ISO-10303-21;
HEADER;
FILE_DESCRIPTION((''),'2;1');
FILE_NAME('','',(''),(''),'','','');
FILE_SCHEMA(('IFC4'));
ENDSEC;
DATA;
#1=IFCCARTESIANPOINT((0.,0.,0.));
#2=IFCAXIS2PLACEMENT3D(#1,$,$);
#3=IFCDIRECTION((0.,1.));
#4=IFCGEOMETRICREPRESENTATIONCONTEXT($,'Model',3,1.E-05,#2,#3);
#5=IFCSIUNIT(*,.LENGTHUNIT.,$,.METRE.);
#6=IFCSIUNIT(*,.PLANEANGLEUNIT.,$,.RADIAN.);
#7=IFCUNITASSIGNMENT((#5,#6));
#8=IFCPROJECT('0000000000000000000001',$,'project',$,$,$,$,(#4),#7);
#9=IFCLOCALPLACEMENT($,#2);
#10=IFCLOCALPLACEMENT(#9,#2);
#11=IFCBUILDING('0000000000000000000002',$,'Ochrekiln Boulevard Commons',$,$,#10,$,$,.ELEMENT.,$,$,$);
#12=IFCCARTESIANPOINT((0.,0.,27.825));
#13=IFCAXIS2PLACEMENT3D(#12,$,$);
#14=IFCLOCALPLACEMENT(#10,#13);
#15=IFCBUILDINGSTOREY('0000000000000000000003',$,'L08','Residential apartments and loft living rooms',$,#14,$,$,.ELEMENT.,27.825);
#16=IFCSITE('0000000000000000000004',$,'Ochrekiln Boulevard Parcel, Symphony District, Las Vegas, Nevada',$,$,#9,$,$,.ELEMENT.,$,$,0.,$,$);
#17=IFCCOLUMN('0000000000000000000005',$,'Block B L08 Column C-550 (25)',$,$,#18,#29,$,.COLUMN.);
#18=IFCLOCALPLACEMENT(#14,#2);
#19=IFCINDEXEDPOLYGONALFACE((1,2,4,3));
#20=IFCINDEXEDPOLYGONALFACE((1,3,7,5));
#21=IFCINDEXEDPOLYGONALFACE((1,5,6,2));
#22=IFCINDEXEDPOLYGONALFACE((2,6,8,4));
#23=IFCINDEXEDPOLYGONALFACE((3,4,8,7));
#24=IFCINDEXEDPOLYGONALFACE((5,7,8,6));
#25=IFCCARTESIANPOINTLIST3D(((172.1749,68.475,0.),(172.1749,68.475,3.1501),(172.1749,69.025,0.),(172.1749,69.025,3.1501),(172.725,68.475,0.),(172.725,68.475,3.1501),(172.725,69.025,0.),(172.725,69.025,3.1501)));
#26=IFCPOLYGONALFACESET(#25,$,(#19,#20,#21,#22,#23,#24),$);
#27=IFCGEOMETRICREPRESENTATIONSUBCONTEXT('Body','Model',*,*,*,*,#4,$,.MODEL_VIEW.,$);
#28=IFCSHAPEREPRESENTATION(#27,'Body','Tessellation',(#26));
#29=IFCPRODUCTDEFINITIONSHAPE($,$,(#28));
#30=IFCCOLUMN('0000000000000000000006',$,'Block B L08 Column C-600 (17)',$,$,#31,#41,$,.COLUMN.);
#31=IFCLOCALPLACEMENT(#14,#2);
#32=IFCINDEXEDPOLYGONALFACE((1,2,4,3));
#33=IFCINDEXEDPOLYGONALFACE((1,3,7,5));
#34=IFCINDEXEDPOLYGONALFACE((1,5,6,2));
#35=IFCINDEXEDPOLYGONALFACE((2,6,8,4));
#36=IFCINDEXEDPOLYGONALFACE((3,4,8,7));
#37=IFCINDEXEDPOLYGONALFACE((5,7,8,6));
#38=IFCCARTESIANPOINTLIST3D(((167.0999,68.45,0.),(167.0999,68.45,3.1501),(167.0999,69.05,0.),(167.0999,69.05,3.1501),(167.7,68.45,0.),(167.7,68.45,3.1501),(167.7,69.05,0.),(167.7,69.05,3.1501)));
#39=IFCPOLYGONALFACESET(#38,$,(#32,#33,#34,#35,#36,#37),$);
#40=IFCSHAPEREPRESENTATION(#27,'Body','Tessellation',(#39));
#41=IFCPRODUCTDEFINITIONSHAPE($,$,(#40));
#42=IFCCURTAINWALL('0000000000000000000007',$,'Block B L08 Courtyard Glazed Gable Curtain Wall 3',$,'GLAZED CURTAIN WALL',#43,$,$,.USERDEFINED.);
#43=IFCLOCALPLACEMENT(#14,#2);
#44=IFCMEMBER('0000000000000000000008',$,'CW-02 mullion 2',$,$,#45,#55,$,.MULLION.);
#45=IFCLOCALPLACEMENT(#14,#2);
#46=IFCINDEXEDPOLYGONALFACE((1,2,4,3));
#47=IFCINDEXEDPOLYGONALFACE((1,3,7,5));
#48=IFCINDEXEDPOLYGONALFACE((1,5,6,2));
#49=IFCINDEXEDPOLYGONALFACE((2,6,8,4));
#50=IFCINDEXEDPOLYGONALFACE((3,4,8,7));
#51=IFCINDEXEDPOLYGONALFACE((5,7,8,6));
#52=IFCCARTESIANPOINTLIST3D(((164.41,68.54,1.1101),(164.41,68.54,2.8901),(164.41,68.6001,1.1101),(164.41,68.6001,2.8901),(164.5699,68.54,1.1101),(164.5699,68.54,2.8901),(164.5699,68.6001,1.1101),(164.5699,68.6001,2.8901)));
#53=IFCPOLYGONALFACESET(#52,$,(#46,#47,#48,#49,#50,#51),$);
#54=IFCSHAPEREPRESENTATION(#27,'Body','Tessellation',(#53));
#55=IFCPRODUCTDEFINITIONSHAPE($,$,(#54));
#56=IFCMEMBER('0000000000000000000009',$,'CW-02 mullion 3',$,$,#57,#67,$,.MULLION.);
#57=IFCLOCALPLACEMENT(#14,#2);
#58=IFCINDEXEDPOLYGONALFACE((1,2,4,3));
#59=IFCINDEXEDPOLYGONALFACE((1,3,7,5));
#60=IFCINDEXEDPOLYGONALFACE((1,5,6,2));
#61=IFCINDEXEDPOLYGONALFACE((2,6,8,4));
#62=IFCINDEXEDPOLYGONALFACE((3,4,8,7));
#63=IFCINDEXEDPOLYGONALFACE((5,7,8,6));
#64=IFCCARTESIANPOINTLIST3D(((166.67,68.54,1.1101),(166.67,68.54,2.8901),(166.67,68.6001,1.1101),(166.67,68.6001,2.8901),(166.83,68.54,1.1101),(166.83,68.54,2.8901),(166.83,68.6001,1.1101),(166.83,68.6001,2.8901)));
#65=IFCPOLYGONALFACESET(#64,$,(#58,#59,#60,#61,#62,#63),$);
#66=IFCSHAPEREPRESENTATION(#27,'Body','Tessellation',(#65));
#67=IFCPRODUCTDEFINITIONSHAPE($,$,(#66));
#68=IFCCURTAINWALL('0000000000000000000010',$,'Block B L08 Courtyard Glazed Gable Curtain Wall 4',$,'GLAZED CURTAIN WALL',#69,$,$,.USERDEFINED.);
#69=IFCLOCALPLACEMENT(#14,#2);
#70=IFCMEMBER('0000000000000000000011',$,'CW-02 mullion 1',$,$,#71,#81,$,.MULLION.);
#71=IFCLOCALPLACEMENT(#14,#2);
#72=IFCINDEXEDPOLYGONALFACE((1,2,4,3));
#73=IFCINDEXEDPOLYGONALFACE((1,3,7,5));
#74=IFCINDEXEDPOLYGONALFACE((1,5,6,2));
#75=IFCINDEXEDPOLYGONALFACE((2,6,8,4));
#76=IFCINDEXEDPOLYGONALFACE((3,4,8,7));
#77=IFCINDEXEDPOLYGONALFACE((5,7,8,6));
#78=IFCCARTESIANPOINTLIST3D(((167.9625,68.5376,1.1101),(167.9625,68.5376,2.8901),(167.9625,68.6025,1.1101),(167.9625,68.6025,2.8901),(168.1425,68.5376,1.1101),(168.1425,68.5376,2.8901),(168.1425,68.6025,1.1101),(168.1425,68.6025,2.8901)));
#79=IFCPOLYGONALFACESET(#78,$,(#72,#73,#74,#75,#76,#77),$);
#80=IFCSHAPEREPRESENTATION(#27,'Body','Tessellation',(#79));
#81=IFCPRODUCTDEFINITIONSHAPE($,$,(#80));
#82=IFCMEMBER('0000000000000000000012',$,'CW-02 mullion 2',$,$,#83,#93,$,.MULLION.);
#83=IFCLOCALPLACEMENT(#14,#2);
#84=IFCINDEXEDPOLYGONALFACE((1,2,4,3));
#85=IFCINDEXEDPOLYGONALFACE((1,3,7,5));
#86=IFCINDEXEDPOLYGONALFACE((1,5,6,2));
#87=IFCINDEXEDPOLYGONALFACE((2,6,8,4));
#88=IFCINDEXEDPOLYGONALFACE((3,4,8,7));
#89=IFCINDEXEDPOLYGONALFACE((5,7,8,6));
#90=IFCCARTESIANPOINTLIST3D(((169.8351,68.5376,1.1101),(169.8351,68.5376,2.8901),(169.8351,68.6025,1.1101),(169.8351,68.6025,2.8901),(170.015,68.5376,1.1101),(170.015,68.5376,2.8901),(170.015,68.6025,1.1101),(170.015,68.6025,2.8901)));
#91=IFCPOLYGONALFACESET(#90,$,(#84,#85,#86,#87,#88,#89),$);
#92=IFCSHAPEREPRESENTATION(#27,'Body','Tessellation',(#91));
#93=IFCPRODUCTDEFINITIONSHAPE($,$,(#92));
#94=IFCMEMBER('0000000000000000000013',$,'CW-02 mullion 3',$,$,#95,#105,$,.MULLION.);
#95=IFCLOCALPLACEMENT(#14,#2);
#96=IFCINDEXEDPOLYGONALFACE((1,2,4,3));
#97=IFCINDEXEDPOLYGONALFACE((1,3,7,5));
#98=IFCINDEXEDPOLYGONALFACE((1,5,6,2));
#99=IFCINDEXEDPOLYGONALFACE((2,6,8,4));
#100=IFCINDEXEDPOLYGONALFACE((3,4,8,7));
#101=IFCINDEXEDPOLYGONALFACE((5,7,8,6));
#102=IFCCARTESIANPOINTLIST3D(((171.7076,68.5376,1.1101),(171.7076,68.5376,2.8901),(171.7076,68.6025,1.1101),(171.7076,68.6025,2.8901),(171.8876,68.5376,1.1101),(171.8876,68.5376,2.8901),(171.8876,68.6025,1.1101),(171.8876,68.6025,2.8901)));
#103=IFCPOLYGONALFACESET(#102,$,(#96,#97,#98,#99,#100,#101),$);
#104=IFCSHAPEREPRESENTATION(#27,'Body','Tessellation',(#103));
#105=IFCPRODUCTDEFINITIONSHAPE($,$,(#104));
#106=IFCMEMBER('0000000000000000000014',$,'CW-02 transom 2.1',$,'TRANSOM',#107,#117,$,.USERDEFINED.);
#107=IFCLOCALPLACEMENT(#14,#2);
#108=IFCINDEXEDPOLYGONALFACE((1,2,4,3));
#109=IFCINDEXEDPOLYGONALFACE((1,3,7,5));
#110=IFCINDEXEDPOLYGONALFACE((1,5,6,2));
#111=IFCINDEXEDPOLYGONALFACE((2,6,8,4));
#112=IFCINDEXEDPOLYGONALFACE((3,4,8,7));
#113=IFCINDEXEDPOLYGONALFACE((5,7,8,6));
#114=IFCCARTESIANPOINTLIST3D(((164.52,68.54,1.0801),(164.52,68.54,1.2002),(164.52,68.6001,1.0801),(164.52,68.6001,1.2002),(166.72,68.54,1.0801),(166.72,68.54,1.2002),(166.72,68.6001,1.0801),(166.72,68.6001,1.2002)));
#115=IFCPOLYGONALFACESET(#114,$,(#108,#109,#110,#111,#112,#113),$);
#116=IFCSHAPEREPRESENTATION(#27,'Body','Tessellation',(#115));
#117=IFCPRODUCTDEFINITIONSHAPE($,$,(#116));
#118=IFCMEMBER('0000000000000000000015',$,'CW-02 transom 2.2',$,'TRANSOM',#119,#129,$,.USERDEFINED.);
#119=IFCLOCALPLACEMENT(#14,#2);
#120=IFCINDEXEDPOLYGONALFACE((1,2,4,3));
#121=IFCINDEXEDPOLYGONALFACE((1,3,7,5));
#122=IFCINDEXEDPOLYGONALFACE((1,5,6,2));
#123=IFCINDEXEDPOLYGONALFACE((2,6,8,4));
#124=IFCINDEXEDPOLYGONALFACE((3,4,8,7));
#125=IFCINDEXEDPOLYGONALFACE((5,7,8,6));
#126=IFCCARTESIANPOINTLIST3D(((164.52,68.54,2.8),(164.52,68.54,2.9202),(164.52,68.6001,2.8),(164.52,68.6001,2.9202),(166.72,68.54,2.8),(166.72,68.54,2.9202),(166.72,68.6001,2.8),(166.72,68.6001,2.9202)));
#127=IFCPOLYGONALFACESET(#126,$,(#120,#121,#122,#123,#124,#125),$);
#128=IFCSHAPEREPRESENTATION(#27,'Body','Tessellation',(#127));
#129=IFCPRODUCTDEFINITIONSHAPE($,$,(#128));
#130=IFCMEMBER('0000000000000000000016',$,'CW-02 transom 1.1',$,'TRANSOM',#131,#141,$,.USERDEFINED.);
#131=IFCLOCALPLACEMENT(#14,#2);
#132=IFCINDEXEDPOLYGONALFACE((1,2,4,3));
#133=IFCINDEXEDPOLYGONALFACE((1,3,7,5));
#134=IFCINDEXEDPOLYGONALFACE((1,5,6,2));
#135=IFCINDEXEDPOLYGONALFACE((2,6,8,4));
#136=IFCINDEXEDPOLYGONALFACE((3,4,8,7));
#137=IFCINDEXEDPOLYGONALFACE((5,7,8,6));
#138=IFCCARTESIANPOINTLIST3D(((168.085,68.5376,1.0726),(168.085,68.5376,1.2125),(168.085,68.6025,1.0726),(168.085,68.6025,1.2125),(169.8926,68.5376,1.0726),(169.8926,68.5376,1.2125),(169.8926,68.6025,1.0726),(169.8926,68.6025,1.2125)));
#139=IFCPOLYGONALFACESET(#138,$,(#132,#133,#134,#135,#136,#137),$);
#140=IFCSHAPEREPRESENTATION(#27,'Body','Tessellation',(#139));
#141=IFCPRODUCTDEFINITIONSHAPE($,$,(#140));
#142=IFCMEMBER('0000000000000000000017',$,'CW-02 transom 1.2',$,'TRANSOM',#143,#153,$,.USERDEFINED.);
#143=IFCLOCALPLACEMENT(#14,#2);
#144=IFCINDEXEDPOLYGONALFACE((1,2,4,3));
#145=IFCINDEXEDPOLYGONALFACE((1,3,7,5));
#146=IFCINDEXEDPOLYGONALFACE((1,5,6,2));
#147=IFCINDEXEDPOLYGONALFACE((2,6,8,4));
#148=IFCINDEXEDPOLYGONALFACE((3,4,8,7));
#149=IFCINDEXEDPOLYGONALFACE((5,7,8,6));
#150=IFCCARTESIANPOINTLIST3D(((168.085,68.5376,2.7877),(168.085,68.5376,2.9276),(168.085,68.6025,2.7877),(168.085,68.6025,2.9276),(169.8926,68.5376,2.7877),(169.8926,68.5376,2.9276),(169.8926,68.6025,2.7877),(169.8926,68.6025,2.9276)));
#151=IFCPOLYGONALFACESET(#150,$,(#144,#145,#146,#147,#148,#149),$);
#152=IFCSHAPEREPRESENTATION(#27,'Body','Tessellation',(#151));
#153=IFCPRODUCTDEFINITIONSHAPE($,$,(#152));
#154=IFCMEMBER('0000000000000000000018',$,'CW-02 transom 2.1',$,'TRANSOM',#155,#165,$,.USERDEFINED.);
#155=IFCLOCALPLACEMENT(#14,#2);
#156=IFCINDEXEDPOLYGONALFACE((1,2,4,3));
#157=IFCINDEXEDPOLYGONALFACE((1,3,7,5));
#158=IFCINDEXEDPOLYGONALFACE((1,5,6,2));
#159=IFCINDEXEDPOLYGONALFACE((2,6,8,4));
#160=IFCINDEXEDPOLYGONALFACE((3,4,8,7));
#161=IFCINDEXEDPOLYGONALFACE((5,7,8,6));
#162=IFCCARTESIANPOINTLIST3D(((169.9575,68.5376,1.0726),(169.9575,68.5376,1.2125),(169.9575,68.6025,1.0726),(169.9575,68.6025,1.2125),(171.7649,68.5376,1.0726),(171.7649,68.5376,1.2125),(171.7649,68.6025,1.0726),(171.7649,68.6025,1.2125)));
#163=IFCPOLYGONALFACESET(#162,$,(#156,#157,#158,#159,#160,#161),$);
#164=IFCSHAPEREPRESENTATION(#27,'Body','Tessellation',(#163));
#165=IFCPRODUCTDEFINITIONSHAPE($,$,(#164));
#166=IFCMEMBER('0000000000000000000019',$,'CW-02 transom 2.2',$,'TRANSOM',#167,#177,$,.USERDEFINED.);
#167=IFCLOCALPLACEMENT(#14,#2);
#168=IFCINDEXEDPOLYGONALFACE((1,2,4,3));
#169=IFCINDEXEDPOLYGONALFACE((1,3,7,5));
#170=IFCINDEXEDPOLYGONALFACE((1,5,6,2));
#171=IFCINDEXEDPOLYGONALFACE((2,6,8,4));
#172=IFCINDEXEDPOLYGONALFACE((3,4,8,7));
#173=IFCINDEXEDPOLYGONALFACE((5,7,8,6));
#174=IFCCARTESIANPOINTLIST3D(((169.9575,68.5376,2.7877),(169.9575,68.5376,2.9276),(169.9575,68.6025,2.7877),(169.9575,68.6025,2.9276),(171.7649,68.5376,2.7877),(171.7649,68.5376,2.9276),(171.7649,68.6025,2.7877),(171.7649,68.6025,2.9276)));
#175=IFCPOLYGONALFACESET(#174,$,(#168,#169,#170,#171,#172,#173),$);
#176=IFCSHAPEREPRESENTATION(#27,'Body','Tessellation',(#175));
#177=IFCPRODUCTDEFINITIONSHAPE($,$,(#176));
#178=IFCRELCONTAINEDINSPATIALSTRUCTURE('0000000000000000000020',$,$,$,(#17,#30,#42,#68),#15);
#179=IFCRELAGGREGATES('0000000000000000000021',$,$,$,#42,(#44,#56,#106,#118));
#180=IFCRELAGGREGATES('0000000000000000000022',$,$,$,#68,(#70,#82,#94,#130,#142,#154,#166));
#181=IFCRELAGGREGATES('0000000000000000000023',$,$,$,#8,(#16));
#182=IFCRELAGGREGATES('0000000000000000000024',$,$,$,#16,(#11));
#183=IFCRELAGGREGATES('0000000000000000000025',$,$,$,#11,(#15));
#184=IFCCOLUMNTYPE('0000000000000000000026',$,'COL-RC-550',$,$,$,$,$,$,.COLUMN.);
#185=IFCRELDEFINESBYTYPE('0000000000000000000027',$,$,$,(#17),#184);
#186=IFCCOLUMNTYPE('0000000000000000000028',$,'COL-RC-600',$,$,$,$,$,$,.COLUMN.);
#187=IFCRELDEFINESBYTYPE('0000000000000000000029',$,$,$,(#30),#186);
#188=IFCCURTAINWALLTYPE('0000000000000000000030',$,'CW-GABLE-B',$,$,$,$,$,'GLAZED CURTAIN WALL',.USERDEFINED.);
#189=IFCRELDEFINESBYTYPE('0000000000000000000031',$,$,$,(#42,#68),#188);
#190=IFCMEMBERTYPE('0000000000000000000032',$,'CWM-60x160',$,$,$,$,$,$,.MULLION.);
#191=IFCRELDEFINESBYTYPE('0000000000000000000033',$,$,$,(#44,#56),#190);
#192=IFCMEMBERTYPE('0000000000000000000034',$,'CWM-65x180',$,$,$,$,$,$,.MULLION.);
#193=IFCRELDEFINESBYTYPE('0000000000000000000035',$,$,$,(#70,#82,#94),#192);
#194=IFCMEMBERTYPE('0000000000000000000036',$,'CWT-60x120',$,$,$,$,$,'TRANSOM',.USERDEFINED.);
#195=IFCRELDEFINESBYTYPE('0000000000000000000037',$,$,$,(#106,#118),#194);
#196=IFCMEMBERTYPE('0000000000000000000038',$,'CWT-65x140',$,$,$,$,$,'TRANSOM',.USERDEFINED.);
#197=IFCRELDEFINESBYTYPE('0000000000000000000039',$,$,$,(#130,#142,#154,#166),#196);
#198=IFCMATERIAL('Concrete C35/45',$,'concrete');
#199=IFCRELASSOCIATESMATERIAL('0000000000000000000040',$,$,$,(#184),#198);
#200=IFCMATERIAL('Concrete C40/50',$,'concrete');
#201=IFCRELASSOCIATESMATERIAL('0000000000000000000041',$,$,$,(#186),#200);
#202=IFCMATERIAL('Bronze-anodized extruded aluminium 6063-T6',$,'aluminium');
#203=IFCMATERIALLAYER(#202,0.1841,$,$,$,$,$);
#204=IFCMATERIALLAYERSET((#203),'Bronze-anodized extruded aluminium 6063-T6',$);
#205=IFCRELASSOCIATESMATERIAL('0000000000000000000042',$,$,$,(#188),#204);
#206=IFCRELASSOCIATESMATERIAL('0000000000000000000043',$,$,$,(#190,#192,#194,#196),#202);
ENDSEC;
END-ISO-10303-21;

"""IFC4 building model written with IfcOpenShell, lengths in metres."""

from ifc_helpers import new_model, si_unit, direction, frame, origin, origin_2d, place, context, subcontext, project, spatial, rectangle, extrude, material, layer, layer_set, material_profile, profile_set, type_object, element, aggregate, save


model = new_model("IFC4")

# Units and contexts
model_context = context("Model", 3, precision=1e-05, world=origin(), true_north=direction((0.0, 1.0)))
body_context = subcontext(model_context, "Body", "Model", "MODEL_VIEW")
ifc_project = project(units=[si_unit("LENGTHUNIT", "METRE"), si_unit("PLANEANGLEUNIT", "RADIAN")], contexts=[model_context])

# Site, building, storey
site_placement = place(None, origin())
site = spatial("IfcSite", under=ifc_project, at=site_placement, Name="Ochrekiln Boulevard Parcel, Symphony District, Las Vegas, Nevada", CompositionType="ELEMENT", RefElevation=0.0)
building_placement = place(site_placement, origin())
building = spatial("IfcBuilding", under=site, at=building_placement, Name="Ochrekiln Boulevard Commons", CompositionType="ELEMENT")
storey_placement = place(building_placement, frame((0.0, 0.0, 27.825)))
storey = spatial("IfcBuildingStorey", under=building, at=storey_placement, Name="L08", Description="Residential apartments and loft living rooms", CompositionType="ELEMENT", Elevation=27.825)

# Columns
ifc_material_1 = material(Name="Concrete C35/45", Category="concrete")
ifc_material_profile_1 = material_profile(ifc_material_1, rectangle(XDim=0.55, YDim=0.55, at=origin_2d()), Name="RC-COL-550x550")
ifc_profile_set_1 = profile_set([ifc_material_profile_1], Name="Concrete C35/45")
column_type_1 = type_object("IfcColumnType", Name="COL-RC-550", PredefinedType="COLUMN", material=ifc_profile_set_1)
column_1_placement = place(storey_placement, frame((172.45, 68.75, 0.0), z_axis=(0.0, 0.0, 1.0), x_axis=(1.0, 0.0, 0.0)))
element("IfcColumn", 1, at=column_1_placement, inside=storey, type_object=column_type_1, Name="Block B L08 Column C-550 (25)", PredefinedType="COLUMN", context=body_context, shape_type="SweptSolid", body=[
    extrude(rectangle(XDim=0.55, YDim=0.55, at=origin_2d()), origin(), (0.0, 0.0, 1.0), 3.1501),
])
ifc_material_2 = material(Name="Concrete C40/50", Category="concrete")
ifc_material_profile_2 = material_profile(ifc_material_2, rectangle(XDim=0.6001, YDim=0.6001, at=origin_2d()), Name="RC-COL-600x600")
ifc_profile_set_2 = profile_set([ifc_material_profile_2], Name="Concrete C40/50")
column_type_2 = type_object("IfcColumnType", Name="COL-RC-600", PredefinedType="COLUMN", material=ifc_profile_set_2)
column_2_placement = place(storey_placement, frame((167.3999, 68.75, 0.0), z_axis=(0.0, 0.0, 1.0), x_axis=(1.0, 0.0, 0.0)))
element("IfcColumn", 2, at=column_2_placement, inside=storey, type_object=column_type_2, Name="Block B L08 Column C-600 (17)", PredefinedType="COLUMN", context=body_context, shape_type="SweptSolid", body=[
    extrude(rectangle(XDim=0.6001, YDim=0.6001, at=origin_2d()), origin(), (0.0, 0.0, 1.0), 3.1501),
])

# Curtain walls, members
ifc_material_3 = material(Name="Bronze-anodized extruded aluminium 6063-T6", Category="aluminium")
ifc_layer_1 = layer(ifc_material_3, 0.1841)
ifc_layer_set_1 = layer_set([ifc_layer_1], Name="Bronze-anodized extruded aluminium 6063-T6")
curtain_wall_type = type_object("IfcCurtainWallType", Name="CW-GABLE-B", ElementType="GLAZED CURTAIN WALL", PredefinedType="USERDEFINED", material=ifc_layer_set_1)
curtain_wall_1_placement = place(storey_placement, origin())
curtain_wall_1 = element("IfcCurtainWall", 3, at=curtain_wall_1_placement, inside=storey, type_object=curtain_wall_type, Name="Block B L08 Courtyard Glazed Gable Curtain Wall 3", ObjectType="GLAZED CURTAIN WALL", PredefinedType="USERDEFINED")
ifc_material_profile_3 = material_profile(ifc_material_3, rectangle(XDim=0.0601, YDim=0.1599, at=origin_2d()), Name="ALU-MUL-60x160")
ifc_profile_set_3 = profile_set([ifc_material_profile_3], Name="Bronze-anodized extruded aluminium 6063-T6")
member_type_1 = type_object("IfcMemberType", Name="CWM-60x160", PredefinedType="MULLION", material=ifc_profile_set_3)
member_1_placement = place(storey_placement, frame((164.49, 68.5701, 1.1101), z_axis=(0.0, 0.0, 1.0), x_axis=(0.0, 1.0, 0.0)))
member_1 = element("IfcMember", 4, at=member_1_placement, type_object=member_type_1, Name="CW-02 mullion 2", PredefinedType="MULLION", context=body_context, shape_type="SweptSolid", body=[
    extrude(rectangle(XDim=0.0601, YDim=0.1599, at=origin_2d()), origin(), (0.0, 0.0, 1.0), 1.78),
])
member_2_placement = place(storey_placement, frame((166.75, 68.5701, 1.1101), z_axis=(0.0, 0.0, 1.0), x_axis=(0.0, 1.0, 0.0)))
member_2 = element("IfcMember", 5, at=member_2_placement, type_object=member_type_1, Name="CW-02 mullion 3", PredefinedType="MULLION", context=body_context, shape_type="SweptSolid", body=[
    extrude(rectangle(XDim=0.0601, YDim=0.1599, at=origin_2d()), origin(), (0.0, 0.0, 1.0), 1.78),
])
curtain_wall_2_placement = place(storey_placement, origin())
curtain_wall_2 = element("IfcCurtainWall", 6, at=curtain_wall_2_placement, inside=storey, type_object=curtain_wall_type, Name="Block B L08 Courtyard Glazed Gable Curtain Wall 4", ObjectType="GLAZED CURTAIN WALL", PredefinedType="USERDEFINED")
ifc_material_profile_4 = material_profile(ifc_material_3, rectangle(XDim=0.0649, YDim=0.1799, at=origin_2d()), Name="ALU-MUL-65x180")
ifc_profile_set_4 = profile_set([ifc_material_profile_4], Name="Bronze-anodized extruded aluminium 6063-T6")
member_type_2 = type_object("IfcMemberType", Name="CWM-65x180", PredefinedType="MULLION", material=ifc_profile_set_4)
member_3_placement = place(storey_placement, frame((168.0525, 68.5701, 1.1101), z_axis=(0.0, 0.0, 1.0), x_axis=(0.0, 1.0, 0.0)))
member_3 = element("IfcMember", 7, at=member_3_placement, type_object=member_type_2, Name="CW-02 mullion 1", PredefinedType="MULLION", context=body_context, shape_type="SweptSolid", body=[
    extrude(rectangle(XDim=0.0649, YDim=0.1799, at=origin_2d()), origin(), (0.0, 0.0, 1.0), 1.78),
])
member_4_placement = place(storey_placement, frame((169.925, 68.5701, 1.1101), z_axis=(0.0, 0.0, 1.0), x_axis=(0.0, 1.0, 0.0)))
member_4 = element("IfcMember", 8, at=member_4_placement, type_object=member_type_2, Name="CW-02 mullion 2", PredefinedType="MULLION", context=body_context, shape_type="SweptSolid", body=[
    extrude(rectangle(XDim=0.0649, YDim=0.1799, at=origin_2d()), origin(), (0.0, 0.0, 1.0), 1.78),
])
member_5_placement = place(storey_placement, frame((171.7976, 68.5701, 1.1101), z_axis=(0.0, 0.0, 1.0), x_axis=(0.0, 1.0, 0.0)))
member_5 = element("IfcMember", 9, at=member_5_placement, type_object=member_type_2, Name="CW-02 mullion 3", PredefinedType="MULLION", context=body_context, shape_type="SweptSolid", body=[
    extrude(rectangle(XDim=0.0649, YDim=0.1799, at=origin_2d()), origin(), (0.0, 0.0, 1.0), 1.78),
])

# Members
ifc_material_profile_5 = material_profile(ifc_material_3, rectangle(XDim=0.0601, YDim=0.1201, at=origin_2d()), Name="ALU-TRN-60x120")
ifc_profile_set_5 = profile_set([ifc_material_profile_5], Name="Bronze-anodized extruded aluminium 6063-T6")
member_type_3 = type_object("IfcMemberType", Name="CWT-60x120", ElementType="TRANSOM", PredefinedType="USERDEFINED", material=ifc_profile_set_5)
member_6_placement = place(storey_placement, frame((164.52, 68.5701, 1.1401), z_axis=(1.0, 0.0, 0.0), x_axis=(0.0, 1.0, 0.0)))
member_6 = element("IfcMember", 10, at=member_6_placement, type_object=member_type_3, Name="CW-02 transom 2.1", ObjectType="TRANSOM", PredefinedType="USERDEFINED", context=body_context, shape_type="SweptSolid", body=[
    extrude(rectangle(XDim=0.0601, YDim=0.1201, at=origin_2d()), origin(), (0.0, 0.0, 1.0), 2.2),
])
member_7_placement = place(storey_placement, frame((164.52, 68.5701, 2.8601), z_axis=(1.0, 0.0, 0.0), x_axis=(0.0, 1.0, 0.0)))
member_7 = element("IfcMember", 11, at=member_7_placement, type_object=member_type_3, Name="CW-02 transom 2.2", ObjectType="TRANSOM", PredefinedType="USERDEFINED", context=body_context, shape_type="SweptSolid", body=[
    extrude(rectangle(XDim=0.0601, YDim=0.1201, at=origin_2d()), origin(), (0.0, 0.0, 1.0), 2.2),
])
ifc_material_profile_6 = material_profile(ifc_material_3, rectangle(XDim=0.0649, YDim=0.1399, at=origin_2d()), Name="ALU-TRN-65x140")
ifc_profile_set_6 = profile_set([ifc_material_profile_6], Name="Bronze-anodized extruded aluminium 6063-T6")
member_type_4 = type_object("IfcMemberType", Name="CWT-65x140", ElementType="TRANSOM", PredefinedType="USERDEFINED", material=ifc_profile_set_6)
member_8_placement = place(storey_placement, frame((168.085, 68.5701, 1.1426), z_axis=(1.0, 0.0, 0.0), x_axis=(0.0, 1.0, 0.0)))
member_8 = element("IfcMember", 12, at=member_8_placement, type_object=member_type_4, Name="CW-02 transom 1.1", ObjectType="TRANSOM", PredefinedType="USERDEFINED", context=body_context, shape_type="SweptSolid", body=[
    extrude(rectangle(XDim=0.0649, YDim=0.1399, at=origin_2d()), origin(), (0.0, 0.0, 1.0), 1.8076),
])
member_9_placement = place(storey_placement, frame((168.085, 68.5701, 2.8577), z_axis=(1.0, 0.0, 0.0), x_axis=(0.0, 1.0, 0.0)))
member_9 = element("IfcMember", 13, at=member_9_placement, type_object=member_type_4, Name="CW-02 transom 1.2", ObjectType="TRANSOM", PredefinedType="USERDEFINED", context=body_context, shape_type="SweptSolid", body=[
    extrude(rectangle(XDim=0.0649, YDim=0.1399, at=origin_2d()), origin(), (0.0, 0.0, 1.0), 1.8076),
])
member_10_placement = place(storey_placement, frame((169.9575, 68.5701, 1.1426), z_axis=(1.0, 0.0, 0.0), x_axis=(0.0, 1.0, 0.0)))
member_10 = element("IfcMember", 14, at=member_10_placement, type_object=member_type_4, Name="CW-02 transom 2.1", ObjectType="TRANSOM", PredefinedType="USERDEFINED", context=body_context, shape_type="SweptSolid", body=[
    extrude(rectangle(XDim=0.0649, YDim=0.1399, at=origin_2d()), origin(), (0.0, 0.0, 1.0), 1.8074),
])
member_11_placement = place(storey_placement, frame((169.9575, 68.5701, 2.8577), z_axis=(1.0, 0.0, 0.0), x_axis=(0.0, 1.0, 0.0)))
member_11 = element("IfcMember", 15, at=member_11_placement, type_object=member_type_4, Name="CW-02 transom 2.2", ObjectType="TRANSOM", PredefinedType="USERDEFINED", context=body_context, shape_type="SweptSolid", body=[
    extrude(rectangle(XDim=0.0649, YDim=0.1399, at=origin_2d()), origin(), (0.0, 0.0, 1.0), 1.8074),
])

aggregate(curtain_wall_1, [member_1, member_2, member_6, member_7])
aggregate(curtain_wall_2, [member_3, member_4, member_5, member_8, member_9, member_10, member_11])

save(model, "model.ifc")
